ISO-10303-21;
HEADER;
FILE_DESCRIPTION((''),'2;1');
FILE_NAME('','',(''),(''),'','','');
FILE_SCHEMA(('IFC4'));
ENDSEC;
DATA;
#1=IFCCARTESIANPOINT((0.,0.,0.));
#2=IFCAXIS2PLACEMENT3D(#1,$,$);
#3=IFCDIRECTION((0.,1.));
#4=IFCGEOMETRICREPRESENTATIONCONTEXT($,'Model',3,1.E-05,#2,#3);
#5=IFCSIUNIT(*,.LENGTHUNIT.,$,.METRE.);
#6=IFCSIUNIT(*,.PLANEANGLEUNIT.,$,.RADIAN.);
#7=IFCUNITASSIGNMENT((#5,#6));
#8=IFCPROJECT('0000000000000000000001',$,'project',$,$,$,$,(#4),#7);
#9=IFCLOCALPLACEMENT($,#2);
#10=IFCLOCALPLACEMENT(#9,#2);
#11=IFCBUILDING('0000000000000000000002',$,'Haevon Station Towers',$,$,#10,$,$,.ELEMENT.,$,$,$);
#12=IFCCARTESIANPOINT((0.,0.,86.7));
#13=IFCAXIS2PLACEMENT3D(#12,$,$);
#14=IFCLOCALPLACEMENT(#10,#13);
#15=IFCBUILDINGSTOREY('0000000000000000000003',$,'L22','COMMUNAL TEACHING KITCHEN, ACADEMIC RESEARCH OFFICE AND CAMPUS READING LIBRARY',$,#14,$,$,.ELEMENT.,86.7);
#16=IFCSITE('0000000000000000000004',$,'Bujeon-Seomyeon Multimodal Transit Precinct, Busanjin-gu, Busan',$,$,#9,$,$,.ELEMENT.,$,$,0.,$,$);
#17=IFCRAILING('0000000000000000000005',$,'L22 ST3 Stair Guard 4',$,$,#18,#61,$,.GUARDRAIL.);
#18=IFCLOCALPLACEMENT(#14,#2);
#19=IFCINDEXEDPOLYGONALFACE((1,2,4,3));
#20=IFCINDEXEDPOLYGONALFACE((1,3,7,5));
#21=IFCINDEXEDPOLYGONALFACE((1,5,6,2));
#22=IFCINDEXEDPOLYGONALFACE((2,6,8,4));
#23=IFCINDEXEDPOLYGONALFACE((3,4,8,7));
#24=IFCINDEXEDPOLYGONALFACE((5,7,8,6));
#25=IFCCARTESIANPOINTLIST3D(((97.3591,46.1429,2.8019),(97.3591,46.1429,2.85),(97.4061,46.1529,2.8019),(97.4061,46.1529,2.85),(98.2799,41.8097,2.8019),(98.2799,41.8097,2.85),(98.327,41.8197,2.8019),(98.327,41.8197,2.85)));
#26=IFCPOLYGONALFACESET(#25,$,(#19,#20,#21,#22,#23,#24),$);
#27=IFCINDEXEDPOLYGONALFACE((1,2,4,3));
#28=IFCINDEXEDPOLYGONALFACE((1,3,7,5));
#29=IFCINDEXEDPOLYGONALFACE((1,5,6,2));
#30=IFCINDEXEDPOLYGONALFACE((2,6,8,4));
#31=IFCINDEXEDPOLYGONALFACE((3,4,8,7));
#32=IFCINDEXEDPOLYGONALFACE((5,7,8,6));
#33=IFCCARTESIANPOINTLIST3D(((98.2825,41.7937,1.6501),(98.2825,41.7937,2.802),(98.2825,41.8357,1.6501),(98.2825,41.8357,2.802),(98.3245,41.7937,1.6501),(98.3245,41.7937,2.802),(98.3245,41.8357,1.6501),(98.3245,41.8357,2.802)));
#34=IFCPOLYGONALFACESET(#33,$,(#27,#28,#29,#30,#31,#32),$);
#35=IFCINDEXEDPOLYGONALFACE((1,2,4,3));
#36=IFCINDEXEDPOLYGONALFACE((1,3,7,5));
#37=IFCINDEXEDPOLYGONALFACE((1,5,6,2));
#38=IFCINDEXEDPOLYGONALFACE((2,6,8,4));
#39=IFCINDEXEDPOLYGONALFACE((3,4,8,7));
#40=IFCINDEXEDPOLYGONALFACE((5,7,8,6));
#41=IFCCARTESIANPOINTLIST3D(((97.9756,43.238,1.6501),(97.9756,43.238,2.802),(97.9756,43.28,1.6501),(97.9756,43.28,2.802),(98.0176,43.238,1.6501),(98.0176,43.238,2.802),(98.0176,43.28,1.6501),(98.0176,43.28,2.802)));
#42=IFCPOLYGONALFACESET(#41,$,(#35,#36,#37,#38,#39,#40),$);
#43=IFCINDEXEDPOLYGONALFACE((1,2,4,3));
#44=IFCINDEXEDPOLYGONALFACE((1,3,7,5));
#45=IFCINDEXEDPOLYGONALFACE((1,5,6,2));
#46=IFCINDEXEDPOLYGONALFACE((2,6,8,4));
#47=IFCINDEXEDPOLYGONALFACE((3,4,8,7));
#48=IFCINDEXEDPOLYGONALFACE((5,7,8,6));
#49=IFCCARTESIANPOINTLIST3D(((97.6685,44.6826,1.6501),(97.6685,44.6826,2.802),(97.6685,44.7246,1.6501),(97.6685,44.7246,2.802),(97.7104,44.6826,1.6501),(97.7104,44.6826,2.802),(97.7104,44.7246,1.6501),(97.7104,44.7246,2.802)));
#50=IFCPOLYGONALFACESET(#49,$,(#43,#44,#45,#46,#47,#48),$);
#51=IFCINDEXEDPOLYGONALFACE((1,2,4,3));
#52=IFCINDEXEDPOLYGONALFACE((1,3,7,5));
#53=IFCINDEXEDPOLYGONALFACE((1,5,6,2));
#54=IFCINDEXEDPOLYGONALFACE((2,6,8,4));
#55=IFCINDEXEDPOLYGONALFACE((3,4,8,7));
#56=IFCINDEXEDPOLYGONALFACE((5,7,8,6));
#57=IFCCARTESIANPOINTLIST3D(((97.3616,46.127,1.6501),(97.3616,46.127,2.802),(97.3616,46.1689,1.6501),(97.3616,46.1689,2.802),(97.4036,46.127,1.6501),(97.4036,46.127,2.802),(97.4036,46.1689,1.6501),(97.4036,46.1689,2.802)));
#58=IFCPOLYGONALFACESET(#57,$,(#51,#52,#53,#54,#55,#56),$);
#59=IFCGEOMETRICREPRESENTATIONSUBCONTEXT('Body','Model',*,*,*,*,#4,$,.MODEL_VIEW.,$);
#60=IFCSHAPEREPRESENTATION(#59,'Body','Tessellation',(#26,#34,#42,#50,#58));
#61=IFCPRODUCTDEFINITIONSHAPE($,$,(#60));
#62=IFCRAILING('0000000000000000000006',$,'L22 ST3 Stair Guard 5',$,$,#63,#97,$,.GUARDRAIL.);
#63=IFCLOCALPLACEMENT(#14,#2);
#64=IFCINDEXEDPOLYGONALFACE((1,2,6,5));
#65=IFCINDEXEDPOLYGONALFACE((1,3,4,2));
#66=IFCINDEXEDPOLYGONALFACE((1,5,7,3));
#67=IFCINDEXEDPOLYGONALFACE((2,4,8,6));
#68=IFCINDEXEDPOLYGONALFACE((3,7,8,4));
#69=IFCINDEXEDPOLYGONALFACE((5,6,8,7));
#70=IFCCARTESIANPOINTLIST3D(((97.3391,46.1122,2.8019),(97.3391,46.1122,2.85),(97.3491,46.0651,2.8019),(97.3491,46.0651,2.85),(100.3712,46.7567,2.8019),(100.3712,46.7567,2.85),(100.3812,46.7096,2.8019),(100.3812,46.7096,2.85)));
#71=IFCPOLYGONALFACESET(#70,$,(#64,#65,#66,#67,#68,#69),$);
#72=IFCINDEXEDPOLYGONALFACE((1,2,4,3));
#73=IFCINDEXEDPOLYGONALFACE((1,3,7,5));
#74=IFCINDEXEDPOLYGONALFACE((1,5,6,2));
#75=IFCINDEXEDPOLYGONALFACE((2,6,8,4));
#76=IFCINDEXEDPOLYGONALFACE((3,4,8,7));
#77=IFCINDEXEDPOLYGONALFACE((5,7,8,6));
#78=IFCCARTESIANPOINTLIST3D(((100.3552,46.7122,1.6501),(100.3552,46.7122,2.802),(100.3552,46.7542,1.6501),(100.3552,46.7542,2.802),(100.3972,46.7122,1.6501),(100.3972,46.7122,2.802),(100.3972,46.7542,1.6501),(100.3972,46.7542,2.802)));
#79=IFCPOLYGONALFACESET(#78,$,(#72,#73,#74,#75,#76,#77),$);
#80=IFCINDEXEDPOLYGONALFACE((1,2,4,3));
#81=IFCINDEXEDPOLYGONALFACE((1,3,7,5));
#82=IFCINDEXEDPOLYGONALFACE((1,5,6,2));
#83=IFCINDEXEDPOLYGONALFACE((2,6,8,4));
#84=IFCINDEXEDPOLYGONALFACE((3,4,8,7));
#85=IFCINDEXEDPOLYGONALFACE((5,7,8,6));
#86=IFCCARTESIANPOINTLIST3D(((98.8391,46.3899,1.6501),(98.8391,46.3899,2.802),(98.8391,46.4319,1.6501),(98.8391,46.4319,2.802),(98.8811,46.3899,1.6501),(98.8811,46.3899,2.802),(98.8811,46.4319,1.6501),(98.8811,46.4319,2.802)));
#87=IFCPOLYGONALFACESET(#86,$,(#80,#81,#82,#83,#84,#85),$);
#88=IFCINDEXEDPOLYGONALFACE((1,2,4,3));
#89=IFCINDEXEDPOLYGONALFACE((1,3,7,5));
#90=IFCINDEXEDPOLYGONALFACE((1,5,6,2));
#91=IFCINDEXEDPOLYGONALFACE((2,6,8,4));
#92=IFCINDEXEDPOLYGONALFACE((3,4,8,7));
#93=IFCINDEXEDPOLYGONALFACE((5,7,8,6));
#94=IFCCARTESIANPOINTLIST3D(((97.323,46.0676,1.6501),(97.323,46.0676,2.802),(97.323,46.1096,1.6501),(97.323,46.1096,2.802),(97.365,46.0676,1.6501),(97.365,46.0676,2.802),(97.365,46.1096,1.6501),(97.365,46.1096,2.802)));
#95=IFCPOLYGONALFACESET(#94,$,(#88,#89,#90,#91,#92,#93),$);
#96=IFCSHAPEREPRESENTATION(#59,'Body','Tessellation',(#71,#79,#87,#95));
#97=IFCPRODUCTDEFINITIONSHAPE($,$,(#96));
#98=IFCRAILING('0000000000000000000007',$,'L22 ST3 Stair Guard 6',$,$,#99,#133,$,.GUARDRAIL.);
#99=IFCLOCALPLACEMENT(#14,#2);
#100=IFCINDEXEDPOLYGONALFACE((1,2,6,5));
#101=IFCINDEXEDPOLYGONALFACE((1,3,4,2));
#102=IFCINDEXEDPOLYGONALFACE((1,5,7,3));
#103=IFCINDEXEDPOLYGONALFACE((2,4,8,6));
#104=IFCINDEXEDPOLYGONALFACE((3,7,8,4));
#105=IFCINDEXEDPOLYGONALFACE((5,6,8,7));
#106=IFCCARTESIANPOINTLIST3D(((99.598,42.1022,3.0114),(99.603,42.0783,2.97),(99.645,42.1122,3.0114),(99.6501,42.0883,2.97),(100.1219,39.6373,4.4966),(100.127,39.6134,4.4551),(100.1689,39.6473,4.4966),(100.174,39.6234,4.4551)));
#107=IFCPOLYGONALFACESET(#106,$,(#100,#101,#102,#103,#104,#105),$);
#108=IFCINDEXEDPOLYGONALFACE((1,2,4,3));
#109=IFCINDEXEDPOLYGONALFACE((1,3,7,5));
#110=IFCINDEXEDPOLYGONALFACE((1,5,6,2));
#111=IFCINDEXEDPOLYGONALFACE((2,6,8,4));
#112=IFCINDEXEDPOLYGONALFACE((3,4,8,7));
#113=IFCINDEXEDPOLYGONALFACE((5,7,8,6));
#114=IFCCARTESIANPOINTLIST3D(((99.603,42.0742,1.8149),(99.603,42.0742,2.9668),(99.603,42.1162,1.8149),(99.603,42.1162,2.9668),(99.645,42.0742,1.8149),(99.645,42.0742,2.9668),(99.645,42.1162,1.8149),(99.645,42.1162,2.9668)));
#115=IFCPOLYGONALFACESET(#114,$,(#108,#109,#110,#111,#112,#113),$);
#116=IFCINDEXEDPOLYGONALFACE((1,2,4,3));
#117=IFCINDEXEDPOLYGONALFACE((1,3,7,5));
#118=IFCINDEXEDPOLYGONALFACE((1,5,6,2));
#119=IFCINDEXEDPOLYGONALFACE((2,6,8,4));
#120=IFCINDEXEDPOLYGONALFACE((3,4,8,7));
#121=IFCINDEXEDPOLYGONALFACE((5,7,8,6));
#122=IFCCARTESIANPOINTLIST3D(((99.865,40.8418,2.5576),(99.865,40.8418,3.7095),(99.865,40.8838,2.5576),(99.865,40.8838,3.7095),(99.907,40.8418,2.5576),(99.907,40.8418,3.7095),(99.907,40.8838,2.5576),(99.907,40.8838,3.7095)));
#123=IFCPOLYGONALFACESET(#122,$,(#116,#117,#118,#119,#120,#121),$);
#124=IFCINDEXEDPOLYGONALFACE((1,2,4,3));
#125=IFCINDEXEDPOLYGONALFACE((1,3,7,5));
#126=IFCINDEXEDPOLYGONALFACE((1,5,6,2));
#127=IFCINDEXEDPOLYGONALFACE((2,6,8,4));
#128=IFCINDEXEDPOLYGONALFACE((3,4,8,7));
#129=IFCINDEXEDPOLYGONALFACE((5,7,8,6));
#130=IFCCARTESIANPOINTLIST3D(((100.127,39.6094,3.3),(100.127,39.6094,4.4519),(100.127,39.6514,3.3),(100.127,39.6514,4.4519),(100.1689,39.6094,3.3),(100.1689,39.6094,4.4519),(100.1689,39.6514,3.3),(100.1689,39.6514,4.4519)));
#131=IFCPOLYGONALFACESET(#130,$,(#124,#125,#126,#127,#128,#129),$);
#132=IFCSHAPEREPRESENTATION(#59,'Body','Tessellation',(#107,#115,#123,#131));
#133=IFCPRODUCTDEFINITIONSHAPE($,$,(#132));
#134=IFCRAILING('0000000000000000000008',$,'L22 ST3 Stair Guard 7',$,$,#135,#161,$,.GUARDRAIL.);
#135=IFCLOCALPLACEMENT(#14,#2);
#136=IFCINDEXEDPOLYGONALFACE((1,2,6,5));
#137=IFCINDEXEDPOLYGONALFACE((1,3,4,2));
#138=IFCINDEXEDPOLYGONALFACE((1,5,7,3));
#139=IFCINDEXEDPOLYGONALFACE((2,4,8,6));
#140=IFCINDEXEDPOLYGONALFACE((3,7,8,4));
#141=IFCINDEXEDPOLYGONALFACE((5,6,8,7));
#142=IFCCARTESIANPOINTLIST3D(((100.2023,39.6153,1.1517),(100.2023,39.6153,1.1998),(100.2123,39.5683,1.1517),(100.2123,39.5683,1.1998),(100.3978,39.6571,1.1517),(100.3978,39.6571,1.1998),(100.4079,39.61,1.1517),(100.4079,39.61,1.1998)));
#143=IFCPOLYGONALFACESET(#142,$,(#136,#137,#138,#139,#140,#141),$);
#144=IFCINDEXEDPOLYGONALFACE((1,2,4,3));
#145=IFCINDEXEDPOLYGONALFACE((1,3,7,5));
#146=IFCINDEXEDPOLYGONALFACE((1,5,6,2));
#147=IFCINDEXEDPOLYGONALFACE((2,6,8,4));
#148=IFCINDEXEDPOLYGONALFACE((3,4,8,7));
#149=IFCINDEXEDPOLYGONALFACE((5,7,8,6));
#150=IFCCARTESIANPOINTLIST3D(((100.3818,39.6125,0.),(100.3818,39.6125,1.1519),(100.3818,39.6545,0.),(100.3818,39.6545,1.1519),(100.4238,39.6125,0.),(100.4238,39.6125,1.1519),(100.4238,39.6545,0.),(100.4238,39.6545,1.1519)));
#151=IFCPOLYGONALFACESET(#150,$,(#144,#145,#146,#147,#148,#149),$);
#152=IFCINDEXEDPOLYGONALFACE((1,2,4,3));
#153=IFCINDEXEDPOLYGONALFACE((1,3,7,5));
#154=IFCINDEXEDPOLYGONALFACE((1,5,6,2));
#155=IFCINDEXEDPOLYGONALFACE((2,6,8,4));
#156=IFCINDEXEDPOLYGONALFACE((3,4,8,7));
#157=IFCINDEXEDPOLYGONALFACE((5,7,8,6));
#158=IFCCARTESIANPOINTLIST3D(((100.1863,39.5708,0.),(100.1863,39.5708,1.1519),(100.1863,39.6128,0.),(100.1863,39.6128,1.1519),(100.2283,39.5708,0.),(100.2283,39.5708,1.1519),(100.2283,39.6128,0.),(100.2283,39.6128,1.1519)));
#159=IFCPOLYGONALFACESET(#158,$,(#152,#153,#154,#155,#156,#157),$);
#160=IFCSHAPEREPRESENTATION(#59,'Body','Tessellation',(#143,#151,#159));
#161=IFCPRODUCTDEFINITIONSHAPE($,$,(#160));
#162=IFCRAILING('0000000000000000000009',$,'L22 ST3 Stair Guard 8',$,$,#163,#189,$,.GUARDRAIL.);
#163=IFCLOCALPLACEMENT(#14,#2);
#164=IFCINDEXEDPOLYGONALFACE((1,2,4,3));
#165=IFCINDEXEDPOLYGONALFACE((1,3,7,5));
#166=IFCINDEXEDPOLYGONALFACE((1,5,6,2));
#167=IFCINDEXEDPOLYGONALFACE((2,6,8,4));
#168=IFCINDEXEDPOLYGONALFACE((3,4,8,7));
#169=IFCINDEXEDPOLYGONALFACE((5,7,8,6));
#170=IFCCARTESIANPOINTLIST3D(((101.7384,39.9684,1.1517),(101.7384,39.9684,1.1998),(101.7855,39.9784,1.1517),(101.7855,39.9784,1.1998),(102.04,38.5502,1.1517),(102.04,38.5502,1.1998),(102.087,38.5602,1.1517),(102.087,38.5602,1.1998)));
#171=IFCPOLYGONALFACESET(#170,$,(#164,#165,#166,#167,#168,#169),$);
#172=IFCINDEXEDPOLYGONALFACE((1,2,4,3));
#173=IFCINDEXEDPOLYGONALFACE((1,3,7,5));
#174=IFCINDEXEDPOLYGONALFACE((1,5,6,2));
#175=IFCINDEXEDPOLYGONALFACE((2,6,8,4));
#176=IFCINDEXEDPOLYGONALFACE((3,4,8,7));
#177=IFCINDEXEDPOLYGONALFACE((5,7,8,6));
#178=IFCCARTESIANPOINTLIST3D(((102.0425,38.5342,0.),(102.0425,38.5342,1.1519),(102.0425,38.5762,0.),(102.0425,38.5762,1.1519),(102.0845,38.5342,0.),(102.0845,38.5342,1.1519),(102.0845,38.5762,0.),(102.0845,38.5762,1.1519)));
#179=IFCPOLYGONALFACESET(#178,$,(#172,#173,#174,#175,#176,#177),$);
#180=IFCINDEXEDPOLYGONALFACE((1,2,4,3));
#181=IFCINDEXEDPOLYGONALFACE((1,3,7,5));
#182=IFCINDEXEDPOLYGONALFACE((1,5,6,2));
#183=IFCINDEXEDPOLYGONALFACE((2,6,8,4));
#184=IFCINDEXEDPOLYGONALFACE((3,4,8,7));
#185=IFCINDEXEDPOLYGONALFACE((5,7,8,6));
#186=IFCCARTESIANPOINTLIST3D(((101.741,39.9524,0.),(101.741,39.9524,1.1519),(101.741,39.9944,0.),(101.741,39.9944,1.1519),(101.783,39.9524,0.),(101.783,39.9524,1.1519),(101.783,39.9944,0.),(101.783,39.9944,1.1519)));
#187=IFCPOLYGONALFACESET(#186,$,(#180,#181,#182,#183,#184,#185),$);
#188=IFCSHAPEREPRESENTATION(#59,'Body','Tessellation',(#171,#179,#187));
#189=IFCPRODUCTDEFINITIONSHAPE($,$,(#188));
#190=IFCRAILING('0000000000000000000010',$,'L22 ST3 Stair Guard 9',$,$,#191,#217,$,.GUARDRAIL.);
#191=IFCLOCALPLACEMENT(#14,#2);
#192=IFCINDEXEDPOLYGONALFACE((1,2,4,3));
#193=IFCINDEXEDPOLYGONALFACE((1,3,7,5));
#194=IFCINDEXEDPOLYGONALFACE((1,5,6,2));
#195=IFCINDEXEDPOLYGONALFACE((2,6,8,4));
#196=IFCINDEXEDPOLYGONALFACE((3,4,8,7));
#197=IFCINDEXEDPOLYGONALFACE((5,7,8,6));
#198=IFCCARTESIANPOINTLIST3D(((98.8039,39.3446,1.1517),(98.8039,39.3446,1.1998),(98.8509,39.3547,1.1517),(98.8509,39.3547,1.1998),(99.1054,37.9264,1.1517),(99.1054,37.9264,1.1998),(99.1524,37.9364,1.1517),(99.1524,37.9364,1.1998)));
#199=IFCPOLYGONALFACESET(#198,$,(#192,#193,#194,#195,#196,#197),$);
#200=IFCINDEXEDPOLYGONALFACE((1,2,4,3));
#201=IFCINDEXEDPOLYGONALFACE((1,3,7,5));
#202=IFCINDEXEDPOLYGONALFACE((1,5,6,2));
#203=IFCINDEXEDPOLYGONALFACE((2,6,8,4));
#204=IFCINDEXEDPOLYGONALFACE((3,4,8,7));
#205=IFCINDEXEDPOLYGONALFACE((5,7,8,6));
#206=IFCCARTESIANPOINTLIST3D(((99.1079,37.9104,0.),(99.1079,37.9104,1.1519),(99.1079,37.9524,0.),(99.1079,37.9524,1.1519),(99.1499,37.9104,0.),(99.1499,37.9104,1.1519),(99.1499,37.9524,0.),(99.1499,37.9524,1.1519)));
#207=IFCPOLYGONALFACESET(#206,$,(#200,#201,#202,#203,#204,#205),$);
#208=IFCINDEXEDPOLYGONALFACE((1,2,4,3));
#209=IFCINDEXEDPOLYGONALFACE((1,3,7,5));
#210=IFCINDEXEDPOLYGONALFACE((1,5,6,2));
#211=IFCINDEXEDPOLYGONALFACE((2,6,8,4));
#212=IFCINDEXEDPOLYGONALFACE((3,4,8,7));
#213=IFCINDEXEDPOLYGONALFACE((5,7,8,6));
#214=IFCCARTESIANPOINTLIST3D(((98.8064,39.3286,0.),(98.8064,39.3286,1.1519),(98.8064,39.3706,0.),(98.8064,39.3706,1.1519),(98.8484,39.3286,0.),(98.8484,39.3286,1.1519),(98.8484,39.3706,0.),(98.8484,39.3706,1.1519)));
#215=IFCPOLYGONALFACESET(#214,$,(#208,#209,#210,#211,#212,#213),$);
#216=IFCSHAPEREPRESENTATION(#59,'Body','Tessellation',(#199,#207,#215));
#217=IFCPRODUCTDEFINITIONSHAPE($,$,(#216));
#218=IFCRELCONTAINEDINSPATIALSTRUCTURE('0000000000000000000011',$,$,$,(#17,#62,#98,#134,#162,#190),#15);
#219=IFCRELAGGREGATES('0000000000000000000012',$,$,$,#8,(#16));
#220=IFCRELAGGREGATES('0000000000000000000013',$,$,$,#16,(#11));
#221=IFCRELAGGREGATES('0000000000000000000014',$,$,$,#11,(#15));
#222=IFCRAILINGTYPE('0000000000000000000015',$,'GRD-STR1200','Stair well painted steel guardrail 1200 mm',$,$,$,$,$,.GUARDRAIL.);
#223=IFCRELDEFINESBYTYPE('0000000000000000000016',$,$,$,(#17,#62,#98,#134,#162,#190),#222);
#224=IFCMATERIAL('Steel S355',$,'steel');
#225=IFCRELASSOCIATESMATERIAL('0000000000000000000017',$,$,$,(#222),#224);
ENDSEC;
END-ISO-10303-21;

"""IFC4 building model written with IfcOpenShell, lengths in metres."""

from ifc_helpers import new_model, si_unit, direction, frame, origin, origin_2d, place, context, subcontext, project, spatial, rectangle, extrude, material, type_object, element, save


model = new_model("IFC4")

# Units and contexts
model_context = context("Model", 3, precision=1e-05, world=origin(), true_north=direction((0.0, 1.0)))
body_context = subcontext(model_context, "Body", "Model", "MODEL_VIEW")
ifc_project = project(units=[si_unit("LENGTHUNIT", "METRE"), si_unit("PLANEANGLEUNIT", "RADIAN")], contexts=[model_context])

# Site, building, storey
site_placement = place(None, origin())
site = spatial("IfcSite", under=ifc_project, at=site_placement, Name="Bujeon-Seomyeon Multimodal Transit Precinct, Busanjin-gu, Busan", CompositionType="ELEMENT", RefElevation=0.0)
building_placement = place(site_placement, origin())
building = spatial("IfcBuilding", under=site, at=building_placement, Name="Haevon Station Towers", CompositionType="ELEMENT")
storey_placement = place(building_placement, frame((0.0, 0.0, 86.7)))
storey = spatial("IfcBuildingStorey", under=building, at=storey_placement, Name="L22", Description="COMMUNAL TEACHING KITCHEN, ACADEMIC RESEARCH OFFICE AND CAMPUS READING LIBRARY", CompositionType="ELEMENT", Elevation=86.7)

# Shared definitions
ifc_material_1 = material(Name="Steel S355", Category="steel")

# Railings
railing_type_1 = type_object("IfcRailingType", Name="GRD-STR1200", Description="Stair well painted steel guardrail 1200 mm", PredefinedType="GUARDRAIL", material=ifc_material_1)
railing_1_placement = place(storey_placement, frame((98.3035, 41.8147, 1.6501)))
element("IfcRailing", 1, at=railing_1_placement, inside=storey, type_object=railing_type_1, Name="L22 ST3 Stair Guard 4", PredefinedType="GUARDRAIL", context=body_context, shape_type="SweptSolid", body=[
    extrude(rectangle(XDim=0.0481, YDim=0.0481, at=origin_2d()), frame((0.0, 0.0, 1.1758), z_axis=(-0.207877, 0.978155, 0.0), x_axis=(-0.978155, -0.207877, 0.0)), (0.0, 0.0, 1.0), 4.4299),
    extrude(rectangle(XDim=0.042, YDim=0.042, at=origin_2d()), origin(), (0.0, 0.0, 1.0), 1.1519),
    extrude(rectangle(XDim=0.042, YDim=0.042, at=origin_2d()), frame((-0.3069, 1.4443, 0.0)), (0.0, 0.0, 1.0), 1.1519),
    extrude(rectangle(XDim=0.042, YDim=0.042, at=origin_2d()), frame((-0.614, 2.8889, 0.0)), (0.0, 0.0, 1.0), 1.1519),
    extrude(rectangle(XDim=0.042, YDim=0.042, at=origin_2d()), frame((-0.9209, 4.3333, 0.0)), (0.0, 0.0, 1.0), 1.1519),
])
railing_2_placement = place(storey_placement, frame((100.3762, 46.7332, 1.6501)))
element("IfcRailing", 2, at=railing_2_placement, inside=storey, type_object=railing_type_1, Name="L22 ST3 Stair Guard 5", PredefinedType="GUARDRAIL", context=body_context, shape_type="SweptSolid", body=[
    extrude(rectangle(XDim=0.0481, YDim=0.0481, at=origin_2d()), frame((0.0, 0.0, 1.1758), z_axis=(-0.978147, -0.207915, 0.0), x_axis=(0.207915, -0.978147, 0.0)), (0.0, 0.0, 1.0), 3.0999),
    extrude(rectangle(XDim=0.042, YDim=0.042, at=origin_2d()), origin(), (0.0, 0.0, 1.0), 1.1519),
    extrude(rectangle(XDim=0.042, YDim=0.042, at=origin_2d()), frame((-1.5161, -0.3223, 0.0)), (0.0, 0.0, 1.0), 1.1519),
    extrude(rectangle(XDim=0.042, YDim=0.042, at=origin_2d()), frame((-3.0322, -0.6445, 0.0)), (0.0, 0.0, 1.0), 1.1519),
])
railing_3_placement = place(storey_placement, frame((99.624, 42.0952, 1.8149)))
element("IfcRailing", 3, at=railing_3_placement, inside=storey, type_object=railing_type_1, Name="L22 ST3 Stair Guard 6", PredefinedType="GUARDRAIL", context=body_context, shape_type="SweptSolid", body=[
    extrude(rectangle(XDim=0.0481, YDim=0.0481, at=origin_2d()), frame((0.0, 0.0, 1.1758), z_axis=(0.179121, -0.842688, 0.507733), x_axis=(0.978147, 0.207914, 0.0)), (0.0, 0.0, 1.0), 2.925),
    extrude(rectangle(XDim=0.042, YDim=0.042, at=origin_2d()), origin(), (0.0, 0.0, 1.0), 1.1519),
    extrude(rectangle(XDim=0.042, YDim=0.042, at=origin_2d()), frame((0.262, -1.2324, 0.7427)), (0.0, 0.0, 1.0), 1.1519),
    extrude(rectangle(XDim=0.042, YDim=0.042, at=origin_2d()), frame((0.5239, -2.4648, 1.4851)), (0.0, 0.0, 1.0), 1.1519),
])
railing_4_placement = place(storey_placement, frame((100.4028, 39.6335, 0.0)))
element("IfcRailing", 4, at=railing_4_placement, inside=storey, type_object=railing_type_1, Name="L22 ST3 Stair Guard 7", PredefinedType="GUARDRAIL", context=body_context, shape_type="SweptSolid", body=[
    extrude(rectangle(XDim=0.0481, YDim=0.0481, at=origin_2d()), frame((0.0, 0.0, 1.1758), z_axis=(-0.977963, -0.208779, 0.0), x_axis=(0.208779, -0.977963, 0.0)), (0.0, 0.0, 1.0), 0.2),
    extrude(rectangle(XDim=0.042, YDim=0.042, at=origin_2d()), origin(), (0.0, 0.0, 1.0), 1.1519),
    extrude(rectangle(XDim=0.042, YDim=0.042, at=origin_2d()), frame((-0.1956, -0.0417, 0.0)), (0.0, 0.0, 1.0), 1.1519),
])
for number, where, name in (
    (5, (102.0635, 38.5552, 0.0), "L22 ST3 Stair Guard 8"),
    (6, (99.1289, 37.9314, 0.0), "L22 ST3 Stair Guard 9"),
):
    element("IfcRailing", number, at=place(storey_placement, frame(where)), inside=storey, type_object=railing_type_1, Name=name, PredefinedType="GUARDRAIL", context=body_context, shape_type="SweptSolid", body=[
        extrude(rectangle(XDim=0.0481, YDim=0.0481, at=origin_2d()), frame((0.0, 0.0, 1.1758), z_axis=(-0.207953, 0.978139, 0.0), x_axis=(-0.978139, -0.207953, 0.0)), (0.0, 0.0, 1.0), 1.45),
        extrude(rectangle(XDim=0.042, YDim=0.042, at=origin_2d()), origin(), (0.0, 0.0, 1.0), 1.1519),
        extrude(rectangle(XDim=0.042, YDim=0.042, at=origin_2d()), frame((-0.3015, 1.4182, 0.0)), (0.0, 0.0, 1.0), 1.1519),
    ])

save(model, "model.ifc")
